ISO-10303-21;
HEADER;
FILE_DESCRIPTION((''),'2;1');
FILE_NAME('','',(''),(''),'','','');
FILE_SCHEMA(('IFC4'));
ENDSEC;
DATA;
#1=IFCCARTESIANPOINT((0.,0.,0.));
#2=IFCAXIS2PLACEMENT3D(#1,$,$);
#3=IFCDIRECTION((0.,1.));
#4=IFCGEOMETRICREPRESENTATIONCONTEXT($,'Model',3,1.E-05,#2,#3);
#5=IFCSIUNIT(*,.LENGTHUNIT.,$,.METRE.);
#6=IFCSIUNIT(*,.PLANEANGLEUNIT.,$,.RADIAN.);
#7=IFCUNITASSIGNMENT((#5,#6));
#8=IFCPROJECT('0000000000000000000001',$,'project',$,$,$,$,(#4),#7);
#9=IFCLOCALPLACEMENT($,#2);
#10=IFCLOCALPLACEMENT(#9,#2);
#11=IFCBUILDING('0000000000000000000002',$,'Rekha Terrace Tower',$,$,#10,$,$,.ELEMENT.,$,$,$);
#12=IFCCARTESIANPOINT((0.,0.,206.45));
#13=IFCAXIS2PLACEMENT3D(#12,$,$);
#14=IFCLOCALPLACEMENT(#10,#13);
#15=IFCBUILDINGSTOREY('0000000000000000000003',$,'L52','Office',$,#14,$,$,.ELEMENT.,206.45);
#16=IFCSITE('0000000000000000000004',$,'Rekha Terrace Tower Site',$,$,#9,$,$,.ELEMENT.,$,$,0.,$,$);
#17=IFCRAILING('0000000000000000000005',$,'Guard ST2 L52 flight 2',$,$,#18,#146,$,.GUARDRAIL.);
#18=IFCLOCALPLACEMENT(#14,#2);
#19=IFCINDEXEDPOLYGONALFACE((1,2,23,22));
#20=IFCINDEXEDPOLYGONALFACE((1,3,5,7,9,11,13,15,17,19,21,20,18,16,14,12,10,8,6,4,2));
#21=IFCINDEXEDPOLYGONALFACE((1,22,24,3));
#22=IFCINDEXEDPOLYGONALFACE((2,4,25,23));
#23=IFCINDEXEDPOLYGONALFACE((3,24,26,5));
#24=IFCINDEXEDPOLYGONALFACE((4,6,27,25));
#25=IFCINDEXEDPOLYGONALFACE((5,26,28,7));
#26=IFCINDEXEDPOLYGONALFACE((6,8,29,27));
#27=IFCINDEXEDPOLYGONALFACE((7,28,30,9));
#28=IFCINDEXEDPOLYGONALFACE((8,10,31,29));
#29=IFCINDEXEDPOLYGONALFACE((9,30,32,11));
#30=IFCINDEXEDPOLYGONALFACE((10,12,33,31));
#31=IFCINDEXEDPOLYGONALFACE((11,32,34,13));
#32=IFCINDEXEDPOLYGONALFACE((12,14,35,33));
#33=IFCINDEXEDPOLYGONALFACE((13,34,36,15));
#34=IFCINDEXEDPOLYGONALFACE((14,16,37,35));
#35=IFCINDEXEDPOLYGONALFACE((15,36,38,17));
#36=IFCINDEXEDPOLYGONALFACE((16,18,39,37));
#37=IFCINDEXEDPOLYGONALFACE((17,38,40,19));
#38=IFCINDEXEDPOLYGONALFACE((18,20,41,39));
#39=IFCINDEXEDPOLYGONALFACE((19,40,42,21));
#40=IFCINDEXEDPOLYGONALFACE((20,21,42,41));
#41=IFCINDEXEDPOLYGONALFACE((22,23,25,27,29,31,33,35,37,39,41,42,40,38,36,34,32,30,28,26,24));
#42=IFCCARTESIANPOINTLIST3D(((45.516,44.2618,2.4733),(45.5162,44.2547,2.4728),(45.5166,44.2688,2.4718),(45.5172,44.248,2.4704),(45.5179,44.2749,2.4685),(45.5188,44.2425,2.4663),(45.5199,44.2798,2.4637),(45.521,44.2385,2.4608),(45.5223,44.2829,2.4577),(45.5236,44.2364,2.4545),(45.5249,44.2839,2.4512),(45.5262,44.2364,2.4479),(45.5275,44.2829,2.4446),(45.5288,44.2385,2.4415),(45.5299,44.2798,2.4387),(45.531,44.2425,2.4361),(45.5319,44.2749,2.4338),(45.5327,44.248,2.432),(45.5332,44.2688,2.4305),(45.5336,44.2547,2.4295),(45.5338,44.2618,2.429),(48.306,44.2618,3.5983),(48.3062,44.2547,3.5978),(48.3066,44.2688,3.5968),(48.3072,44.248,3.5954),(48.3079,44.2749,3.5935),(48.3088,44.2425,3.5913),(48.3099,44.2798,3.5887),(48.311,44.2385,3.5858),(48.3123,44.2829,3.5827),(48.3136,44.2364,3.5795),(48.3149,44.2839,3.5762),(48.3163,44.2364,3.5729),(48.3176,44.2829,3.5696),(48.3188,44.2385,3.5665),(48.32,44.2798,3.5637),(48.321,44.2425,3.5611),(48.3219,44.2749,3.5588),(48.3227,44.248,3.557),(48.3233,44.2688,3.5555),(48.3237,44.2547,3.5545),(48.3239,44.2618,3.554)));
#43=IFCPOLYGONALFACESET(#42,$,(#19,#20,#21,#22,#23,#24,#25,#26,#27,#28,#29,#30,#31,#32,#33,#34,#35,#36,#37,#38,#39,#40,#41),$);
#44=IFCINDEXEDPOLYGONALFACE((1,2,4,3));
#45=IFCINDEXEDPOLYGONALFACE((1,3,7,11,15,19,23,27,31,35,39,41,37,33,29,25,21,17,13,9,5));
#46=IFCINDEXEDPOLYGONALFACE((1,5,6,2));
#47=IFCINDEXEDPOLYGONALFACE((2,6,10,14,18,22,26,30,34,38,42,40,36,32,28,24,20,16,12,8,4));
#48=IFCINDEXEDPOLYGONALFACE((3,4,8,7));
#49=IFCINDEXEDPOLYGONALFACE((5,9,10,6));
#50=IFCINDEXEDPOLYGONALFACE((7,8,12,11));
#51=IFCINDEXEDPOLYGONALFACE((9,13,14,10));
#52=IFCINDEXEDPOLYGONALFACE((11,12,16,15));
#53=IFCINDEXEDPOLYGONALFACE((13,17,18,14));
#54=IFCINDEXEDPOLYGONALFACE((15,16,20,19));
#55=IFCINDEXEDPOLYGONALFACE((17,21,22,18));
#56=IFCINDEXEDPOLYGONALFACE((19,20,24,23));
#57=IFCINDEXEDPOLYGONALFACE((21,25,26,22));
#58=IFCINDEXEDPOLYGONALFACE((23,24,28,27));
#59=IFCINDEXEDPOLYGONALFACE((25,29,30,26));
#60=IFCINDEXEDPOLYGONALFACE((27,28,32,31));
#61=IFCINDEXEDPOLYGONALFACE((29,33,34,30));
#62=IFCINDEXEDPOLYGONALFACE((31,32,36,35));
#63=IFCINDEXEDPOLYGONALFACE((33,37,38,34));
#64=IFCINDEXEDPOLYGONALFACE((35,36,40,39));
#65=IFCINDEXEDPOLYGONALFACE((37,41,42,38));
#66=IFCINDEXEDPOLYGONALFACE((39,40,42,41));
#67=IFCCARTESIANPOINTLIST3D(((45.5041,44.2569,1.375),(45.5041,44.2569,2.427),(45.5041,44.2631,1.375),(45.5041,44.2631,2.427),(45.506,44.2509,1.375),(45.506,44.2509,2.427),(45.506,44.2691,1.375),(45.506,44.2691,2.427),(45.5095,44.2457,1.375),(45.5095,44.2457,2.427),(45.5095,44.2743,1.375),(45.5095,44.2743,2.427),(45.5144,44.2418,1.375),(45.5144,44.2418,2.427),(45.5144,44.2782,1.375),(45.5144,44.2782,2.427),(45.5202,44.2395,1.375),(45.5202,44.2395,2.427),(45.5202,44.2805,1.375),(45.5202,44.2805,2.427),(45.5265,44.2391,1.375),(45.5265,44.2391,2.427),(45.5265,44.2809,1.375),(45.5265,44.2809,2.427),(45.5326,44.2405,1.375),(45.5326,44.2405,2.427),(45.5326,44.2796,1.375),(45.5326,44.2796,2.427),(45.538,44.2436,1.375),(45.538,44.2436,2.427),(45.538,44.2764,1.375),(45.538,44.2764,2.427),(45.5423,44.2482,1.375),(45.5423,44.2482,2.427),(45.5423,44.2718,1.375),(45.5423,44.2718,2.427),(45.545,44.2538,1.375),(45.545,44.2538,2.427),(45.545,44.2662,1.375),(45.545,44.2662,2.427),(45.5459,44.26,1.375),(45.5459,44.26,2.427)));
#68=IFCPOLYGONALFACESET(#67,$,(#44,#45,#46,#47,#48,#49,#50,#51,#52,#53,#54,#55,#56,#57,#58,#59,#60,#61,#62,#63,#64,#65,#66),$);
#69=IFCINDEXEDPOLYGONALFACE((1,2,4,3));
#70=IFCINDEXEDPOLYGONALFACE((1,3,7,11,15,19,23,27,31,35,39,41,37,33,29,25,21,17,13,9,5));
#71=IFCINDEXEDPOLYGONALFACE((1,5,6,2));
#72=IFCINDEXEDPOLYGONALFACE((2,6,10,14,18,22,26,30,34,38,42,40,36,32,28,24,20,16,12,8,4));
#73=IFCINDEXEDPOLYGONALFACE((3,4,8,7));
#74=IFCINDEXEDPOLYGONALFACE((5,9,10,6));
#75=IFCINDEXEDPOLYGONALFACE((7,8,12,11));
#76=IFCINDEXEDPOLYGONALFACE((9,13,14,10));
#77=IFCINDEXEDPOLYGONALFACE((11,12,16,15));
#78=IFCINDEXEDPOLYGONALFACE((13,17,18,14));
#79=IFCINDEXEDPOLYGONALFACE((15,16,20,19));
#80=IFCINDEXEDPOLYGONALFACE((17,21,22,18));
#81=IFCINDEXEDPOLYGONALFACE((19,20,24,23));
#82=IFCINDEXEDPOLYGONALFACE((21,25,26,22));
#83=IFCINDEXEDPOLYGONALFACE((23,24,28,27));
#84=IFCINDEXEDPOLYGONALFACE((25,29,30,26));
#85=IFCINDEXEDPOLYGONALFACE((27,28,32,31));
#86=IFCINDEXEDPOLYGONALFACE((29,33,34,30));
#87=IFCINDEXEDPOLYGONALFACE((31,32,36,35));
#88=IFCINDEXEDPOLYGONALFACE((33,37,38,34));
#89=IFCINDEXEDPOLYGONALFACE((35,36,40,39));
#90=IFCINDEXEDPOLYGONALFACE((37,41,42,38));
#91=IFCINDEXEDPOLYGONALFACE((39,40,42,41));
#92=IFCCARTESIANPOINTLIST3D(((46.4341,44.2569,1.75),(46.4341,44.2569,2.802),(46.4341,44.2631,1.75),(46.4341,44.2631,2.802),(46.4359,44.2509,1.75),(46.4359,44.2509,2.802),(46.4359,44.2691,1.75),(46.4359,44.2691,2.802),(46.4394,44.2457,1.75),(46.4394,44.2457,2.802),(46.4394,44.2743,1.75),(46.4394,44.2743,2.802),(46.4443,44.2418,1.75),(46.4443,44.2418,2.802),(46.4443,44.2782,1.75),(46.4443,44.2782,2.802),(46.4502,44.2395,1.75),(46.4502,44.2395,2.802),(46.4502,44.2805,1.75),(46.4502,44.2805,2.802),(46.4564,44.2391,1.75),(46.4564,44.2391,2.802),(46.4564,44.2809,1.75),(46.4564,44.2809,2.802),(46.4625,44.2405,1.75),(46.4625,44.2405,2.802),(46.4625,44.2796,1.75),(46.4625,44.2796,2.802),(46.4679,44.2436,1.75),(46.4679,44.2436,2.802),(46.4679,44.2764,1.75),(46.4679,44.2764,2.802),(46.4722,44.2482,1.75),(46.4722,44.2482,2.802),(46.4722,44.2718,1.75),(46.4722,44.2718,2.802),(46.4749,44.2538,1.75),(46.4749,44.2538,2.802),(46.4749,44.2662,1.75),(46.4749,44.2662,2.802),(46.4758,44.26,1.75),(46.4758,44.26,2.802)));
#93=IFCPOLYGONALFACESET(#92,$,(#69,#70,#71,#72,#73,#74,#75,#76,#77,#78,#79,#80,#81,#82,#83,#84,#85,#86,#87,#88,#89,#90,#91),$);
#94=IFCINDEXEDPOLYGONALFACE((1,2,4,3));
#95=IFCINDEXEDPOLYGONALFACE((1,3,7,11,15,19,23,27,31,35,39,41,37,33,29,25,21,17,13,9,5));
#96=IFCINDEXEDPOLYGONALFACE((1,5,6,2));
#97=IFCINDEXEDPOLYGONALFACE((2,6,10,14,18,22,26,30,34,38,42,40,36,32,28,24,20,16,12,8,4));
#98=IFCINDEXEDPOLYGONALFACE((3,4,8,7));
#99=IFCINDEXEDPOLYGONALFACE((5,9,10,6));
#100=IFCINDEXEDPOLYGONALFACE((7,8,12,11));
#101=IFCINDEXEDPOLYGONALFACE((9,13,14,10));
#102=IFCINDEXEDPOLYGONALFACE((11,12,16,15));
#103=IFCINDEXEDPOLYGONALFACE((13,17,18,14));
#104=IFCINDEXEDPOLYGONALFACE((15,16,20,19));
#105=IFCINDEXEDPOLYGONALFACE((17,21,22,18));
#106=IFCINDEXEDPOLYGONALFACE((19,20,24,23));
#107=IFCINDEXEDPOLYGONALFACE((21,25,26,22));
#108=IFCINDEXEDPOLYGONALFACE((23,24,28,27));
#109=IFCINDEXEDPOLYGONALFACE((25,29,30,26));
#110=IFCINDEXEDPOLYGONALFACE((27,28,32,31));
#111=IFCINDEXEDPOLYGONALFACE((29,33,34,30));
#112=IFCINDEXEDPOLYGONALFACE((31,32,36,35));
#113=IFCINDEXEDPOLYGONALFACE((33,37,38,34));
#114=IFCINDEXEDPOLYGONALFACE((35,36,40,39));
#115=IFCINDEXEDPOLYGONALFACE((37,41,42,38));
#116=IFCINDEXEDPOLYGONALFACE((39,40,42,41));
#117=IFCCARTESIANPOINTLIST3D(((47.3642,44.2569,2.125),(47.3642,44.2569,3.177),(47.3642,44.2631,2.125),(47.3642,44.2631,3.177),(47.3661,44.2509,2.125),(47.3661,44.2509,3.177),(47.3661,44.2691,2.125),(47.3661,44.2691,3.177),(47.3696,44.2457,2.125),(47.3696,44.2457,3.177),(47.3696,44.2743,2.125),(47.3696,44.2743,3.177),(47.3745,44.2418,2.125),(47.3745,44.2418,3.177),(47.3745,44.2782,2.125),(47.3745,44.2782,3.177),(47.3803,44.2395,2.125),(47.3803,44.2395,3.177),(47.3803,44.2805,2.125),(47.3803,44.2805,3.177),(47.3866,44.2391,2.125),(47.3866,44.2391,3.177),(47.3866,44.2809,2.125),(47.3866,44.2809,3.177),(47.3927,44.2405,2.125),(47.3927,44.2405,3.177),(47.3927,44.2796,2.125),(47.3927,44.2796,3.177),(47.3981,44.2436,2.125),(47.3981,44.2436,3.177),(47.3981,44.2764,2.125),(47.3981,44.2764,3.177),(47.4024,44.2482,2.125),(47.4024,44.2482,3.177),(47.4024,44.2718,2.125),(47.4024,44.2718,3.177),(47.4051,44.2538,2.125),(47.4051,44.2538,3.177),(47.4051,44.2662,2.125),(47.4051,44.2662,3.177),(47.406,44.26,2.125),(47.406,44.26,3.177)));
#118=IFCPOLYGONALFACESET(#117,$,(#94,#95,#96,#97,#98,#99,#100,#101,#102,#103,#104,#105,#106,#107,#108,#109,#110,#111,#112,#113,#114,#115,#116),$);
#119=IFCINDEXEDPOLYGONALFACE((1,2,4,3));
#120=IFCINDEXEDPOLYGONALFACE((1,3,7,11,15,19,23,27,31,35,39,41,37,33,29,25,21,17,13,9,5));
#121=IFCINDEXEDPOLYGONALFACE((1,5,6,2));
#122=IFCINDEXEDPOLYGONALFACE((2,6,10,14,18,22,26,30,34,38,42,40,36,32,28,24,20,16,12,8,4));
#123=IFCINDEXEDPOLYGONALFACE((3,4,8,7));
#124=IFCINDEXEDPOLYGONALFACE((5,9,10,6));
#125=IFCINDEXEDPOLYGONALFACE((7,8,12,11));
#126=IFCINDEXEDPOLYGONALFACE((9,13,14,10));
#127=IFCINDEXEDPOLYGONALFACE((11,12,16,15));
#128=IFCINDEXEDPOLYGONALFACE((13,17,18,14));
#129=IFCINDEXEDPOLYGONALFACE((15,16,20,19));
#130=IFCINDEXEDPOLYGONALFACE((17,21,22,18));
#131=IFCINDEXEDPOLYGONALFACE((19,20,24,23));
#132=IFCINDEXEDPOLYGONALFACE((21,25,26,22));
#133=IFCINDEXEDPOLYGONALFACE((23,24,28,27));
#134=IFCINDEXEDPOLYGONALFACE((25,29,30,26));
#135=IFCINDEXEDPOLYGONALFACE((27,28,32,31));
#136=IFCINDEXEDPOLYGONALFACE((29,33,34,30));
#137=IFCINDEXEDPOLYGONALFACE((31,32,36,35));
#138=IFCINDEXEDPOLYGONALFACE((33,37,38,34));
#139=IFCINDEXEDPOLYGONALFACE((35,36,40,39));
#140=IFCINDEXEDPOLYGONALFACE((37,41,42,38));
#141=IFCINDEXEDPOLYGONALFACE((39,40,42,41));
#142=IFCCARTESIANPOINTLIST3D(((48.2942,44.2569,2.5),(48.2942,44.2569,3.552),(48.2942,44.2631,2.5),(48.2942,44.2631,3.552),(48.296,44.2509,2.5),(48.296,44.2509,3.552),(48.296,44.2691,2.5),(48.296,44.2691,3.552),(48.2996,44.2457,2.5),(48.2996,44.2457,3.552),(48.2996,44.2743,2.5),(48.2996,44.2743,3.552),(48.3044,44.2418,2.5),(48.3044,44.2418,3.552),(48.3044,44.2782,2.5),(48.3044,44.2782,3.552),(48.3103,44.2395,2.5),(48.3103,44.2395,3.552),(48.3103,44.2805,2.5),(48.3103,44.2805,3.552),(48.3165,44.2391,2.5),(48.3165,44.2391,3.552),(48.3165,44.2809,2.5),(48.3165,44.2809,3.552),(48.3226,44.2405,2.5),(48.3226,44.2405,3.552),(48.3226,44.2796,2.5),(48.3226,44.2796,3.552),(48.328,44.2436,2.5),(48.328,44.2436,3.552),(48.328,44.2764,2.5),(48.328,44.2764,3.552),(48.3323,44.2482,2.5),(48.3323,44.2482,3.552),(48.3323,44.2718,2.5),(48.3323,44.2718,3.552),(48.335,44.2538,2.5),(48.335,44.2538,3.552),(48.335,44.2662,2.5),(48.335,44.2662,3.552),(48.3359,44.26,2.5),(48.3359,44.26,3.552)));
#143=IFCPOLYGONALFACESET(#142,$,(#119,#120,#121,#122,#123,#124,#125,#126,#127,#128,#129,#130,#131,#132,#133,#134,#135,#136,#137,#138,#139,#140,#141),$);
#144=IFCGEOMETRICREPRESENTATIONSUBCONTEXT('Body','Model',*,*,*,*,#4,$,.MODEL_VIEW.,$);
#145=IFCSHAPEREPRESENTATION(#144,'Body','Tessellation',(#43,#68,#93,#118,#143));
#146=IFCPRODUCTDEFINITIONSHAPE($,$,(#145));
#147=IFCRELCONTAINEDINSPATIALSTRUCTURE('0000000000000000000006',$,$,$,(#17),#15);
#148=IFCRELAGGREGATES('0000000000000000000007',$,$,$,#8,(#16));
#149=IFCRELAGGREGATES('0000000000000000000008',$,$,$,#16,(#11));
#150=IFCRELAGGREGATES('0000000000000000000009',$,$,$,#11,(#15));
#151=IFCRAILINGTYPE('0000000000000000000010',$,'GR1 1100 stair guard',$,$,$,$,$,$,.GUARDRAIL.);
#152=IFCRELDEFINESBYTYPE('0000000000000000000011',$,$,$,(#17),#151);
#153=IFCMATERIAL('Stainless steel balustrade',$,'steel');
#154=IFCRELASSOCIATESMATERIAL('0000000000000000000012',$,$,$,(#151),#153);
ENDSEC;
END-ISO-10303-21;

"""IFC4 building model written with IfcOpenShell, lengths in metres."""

from ifc_helpers import new_model, si_unit, direction, frame, origin, origin_2d, place, context, subcontext, project, spatial, circle, extrude, material, type_object, element, save


model = new_model("IFC4")

# Units and contexts
model_context = context("Model", 3, precision=1e-05, world=origin(), true_north=direction((0.0, 1.0)))
body_context = subcontext(model_context, "Body", "Model", "MODEL_VIEW")
ifc_project = project(units=[si_unit("LENGTHUNIT", "METRE"), si_unit("PLANEANGLEUNIT", "RADIAN")], contexts=[model_context])

# Site, building, storey
site_placement = place(None, origin())
site = spatial("IfcSite", under=ifc_project, at=site_placement, Name="Rekha Terrace Tower Site", CompositionType="ELEMENT", RefElevation=0.0)
building_placement = place(site_placement, origin())
building = spatial("IfcBuilding", under=site, at=building_placement, Name="Rekha Terrace Tower", CompositionType="ELEMENT")
storey_placement = place(building_placement, frame((0.0, 0.0, 206.45)))
storey = spatial("IfcBuildingStorey", under=building, at=storey_placement, Name="L52", Description="Office", CompositionType="ELEMENT", Elevation=206.45)

# Railing
ifc_material_1 = material(Name="Stainless steel balustrade", Category="steel")
railing_type_1 = type_object("IfcRailingType", Name="GR1 1100 stair guard", PredefinedType="GUARDRAIL", material=ifc_material_1)
railing_1_placement = place(storey_placement, frame((45.5249, 44.26, 1.375)))
element("IfcRailing", 1, at=railing_1_placement, inside=storey, type_object=railing_type_1, Name="Guard ST2 L52 flight 2", PredefinedType="GUARDRAIL", context=body_context, shape_type="SweptSolid", body=[
    extrude(circle(Radius=0.0239, at=origin_2d()), frame((0.0, 0.0, 1.0762), z_axis=(0.927443, 0.0, 0.373964), x_axis=(0.0, 1.0, 0.0)), (0.0, 0.0, 1.0), 3.0083),
    extrude(circle(Radius=0.021, at=origin_2d()), origin(), (0.0, 0.0, 1.0), 1.052),
    extrude(circle(Radius=0.021, at=origin_2d()), frame((0.9299, 0.0, 0.375)), (0.0, 0.0, 1.0), 1.052),
    extrude(circle(Radius=0.021, at=origin_2d()), frame((1.8601, 0.0, 0.75)), (0.0, 0.0, 1.0), 1.052),
    extrude(circle(Radius=0.021, at=origin_2d()), frame((2.79, 0.0, 1.125)), (0.0, 0.0, 1.0), 1.052),
])

save(model, "model.ifc")
